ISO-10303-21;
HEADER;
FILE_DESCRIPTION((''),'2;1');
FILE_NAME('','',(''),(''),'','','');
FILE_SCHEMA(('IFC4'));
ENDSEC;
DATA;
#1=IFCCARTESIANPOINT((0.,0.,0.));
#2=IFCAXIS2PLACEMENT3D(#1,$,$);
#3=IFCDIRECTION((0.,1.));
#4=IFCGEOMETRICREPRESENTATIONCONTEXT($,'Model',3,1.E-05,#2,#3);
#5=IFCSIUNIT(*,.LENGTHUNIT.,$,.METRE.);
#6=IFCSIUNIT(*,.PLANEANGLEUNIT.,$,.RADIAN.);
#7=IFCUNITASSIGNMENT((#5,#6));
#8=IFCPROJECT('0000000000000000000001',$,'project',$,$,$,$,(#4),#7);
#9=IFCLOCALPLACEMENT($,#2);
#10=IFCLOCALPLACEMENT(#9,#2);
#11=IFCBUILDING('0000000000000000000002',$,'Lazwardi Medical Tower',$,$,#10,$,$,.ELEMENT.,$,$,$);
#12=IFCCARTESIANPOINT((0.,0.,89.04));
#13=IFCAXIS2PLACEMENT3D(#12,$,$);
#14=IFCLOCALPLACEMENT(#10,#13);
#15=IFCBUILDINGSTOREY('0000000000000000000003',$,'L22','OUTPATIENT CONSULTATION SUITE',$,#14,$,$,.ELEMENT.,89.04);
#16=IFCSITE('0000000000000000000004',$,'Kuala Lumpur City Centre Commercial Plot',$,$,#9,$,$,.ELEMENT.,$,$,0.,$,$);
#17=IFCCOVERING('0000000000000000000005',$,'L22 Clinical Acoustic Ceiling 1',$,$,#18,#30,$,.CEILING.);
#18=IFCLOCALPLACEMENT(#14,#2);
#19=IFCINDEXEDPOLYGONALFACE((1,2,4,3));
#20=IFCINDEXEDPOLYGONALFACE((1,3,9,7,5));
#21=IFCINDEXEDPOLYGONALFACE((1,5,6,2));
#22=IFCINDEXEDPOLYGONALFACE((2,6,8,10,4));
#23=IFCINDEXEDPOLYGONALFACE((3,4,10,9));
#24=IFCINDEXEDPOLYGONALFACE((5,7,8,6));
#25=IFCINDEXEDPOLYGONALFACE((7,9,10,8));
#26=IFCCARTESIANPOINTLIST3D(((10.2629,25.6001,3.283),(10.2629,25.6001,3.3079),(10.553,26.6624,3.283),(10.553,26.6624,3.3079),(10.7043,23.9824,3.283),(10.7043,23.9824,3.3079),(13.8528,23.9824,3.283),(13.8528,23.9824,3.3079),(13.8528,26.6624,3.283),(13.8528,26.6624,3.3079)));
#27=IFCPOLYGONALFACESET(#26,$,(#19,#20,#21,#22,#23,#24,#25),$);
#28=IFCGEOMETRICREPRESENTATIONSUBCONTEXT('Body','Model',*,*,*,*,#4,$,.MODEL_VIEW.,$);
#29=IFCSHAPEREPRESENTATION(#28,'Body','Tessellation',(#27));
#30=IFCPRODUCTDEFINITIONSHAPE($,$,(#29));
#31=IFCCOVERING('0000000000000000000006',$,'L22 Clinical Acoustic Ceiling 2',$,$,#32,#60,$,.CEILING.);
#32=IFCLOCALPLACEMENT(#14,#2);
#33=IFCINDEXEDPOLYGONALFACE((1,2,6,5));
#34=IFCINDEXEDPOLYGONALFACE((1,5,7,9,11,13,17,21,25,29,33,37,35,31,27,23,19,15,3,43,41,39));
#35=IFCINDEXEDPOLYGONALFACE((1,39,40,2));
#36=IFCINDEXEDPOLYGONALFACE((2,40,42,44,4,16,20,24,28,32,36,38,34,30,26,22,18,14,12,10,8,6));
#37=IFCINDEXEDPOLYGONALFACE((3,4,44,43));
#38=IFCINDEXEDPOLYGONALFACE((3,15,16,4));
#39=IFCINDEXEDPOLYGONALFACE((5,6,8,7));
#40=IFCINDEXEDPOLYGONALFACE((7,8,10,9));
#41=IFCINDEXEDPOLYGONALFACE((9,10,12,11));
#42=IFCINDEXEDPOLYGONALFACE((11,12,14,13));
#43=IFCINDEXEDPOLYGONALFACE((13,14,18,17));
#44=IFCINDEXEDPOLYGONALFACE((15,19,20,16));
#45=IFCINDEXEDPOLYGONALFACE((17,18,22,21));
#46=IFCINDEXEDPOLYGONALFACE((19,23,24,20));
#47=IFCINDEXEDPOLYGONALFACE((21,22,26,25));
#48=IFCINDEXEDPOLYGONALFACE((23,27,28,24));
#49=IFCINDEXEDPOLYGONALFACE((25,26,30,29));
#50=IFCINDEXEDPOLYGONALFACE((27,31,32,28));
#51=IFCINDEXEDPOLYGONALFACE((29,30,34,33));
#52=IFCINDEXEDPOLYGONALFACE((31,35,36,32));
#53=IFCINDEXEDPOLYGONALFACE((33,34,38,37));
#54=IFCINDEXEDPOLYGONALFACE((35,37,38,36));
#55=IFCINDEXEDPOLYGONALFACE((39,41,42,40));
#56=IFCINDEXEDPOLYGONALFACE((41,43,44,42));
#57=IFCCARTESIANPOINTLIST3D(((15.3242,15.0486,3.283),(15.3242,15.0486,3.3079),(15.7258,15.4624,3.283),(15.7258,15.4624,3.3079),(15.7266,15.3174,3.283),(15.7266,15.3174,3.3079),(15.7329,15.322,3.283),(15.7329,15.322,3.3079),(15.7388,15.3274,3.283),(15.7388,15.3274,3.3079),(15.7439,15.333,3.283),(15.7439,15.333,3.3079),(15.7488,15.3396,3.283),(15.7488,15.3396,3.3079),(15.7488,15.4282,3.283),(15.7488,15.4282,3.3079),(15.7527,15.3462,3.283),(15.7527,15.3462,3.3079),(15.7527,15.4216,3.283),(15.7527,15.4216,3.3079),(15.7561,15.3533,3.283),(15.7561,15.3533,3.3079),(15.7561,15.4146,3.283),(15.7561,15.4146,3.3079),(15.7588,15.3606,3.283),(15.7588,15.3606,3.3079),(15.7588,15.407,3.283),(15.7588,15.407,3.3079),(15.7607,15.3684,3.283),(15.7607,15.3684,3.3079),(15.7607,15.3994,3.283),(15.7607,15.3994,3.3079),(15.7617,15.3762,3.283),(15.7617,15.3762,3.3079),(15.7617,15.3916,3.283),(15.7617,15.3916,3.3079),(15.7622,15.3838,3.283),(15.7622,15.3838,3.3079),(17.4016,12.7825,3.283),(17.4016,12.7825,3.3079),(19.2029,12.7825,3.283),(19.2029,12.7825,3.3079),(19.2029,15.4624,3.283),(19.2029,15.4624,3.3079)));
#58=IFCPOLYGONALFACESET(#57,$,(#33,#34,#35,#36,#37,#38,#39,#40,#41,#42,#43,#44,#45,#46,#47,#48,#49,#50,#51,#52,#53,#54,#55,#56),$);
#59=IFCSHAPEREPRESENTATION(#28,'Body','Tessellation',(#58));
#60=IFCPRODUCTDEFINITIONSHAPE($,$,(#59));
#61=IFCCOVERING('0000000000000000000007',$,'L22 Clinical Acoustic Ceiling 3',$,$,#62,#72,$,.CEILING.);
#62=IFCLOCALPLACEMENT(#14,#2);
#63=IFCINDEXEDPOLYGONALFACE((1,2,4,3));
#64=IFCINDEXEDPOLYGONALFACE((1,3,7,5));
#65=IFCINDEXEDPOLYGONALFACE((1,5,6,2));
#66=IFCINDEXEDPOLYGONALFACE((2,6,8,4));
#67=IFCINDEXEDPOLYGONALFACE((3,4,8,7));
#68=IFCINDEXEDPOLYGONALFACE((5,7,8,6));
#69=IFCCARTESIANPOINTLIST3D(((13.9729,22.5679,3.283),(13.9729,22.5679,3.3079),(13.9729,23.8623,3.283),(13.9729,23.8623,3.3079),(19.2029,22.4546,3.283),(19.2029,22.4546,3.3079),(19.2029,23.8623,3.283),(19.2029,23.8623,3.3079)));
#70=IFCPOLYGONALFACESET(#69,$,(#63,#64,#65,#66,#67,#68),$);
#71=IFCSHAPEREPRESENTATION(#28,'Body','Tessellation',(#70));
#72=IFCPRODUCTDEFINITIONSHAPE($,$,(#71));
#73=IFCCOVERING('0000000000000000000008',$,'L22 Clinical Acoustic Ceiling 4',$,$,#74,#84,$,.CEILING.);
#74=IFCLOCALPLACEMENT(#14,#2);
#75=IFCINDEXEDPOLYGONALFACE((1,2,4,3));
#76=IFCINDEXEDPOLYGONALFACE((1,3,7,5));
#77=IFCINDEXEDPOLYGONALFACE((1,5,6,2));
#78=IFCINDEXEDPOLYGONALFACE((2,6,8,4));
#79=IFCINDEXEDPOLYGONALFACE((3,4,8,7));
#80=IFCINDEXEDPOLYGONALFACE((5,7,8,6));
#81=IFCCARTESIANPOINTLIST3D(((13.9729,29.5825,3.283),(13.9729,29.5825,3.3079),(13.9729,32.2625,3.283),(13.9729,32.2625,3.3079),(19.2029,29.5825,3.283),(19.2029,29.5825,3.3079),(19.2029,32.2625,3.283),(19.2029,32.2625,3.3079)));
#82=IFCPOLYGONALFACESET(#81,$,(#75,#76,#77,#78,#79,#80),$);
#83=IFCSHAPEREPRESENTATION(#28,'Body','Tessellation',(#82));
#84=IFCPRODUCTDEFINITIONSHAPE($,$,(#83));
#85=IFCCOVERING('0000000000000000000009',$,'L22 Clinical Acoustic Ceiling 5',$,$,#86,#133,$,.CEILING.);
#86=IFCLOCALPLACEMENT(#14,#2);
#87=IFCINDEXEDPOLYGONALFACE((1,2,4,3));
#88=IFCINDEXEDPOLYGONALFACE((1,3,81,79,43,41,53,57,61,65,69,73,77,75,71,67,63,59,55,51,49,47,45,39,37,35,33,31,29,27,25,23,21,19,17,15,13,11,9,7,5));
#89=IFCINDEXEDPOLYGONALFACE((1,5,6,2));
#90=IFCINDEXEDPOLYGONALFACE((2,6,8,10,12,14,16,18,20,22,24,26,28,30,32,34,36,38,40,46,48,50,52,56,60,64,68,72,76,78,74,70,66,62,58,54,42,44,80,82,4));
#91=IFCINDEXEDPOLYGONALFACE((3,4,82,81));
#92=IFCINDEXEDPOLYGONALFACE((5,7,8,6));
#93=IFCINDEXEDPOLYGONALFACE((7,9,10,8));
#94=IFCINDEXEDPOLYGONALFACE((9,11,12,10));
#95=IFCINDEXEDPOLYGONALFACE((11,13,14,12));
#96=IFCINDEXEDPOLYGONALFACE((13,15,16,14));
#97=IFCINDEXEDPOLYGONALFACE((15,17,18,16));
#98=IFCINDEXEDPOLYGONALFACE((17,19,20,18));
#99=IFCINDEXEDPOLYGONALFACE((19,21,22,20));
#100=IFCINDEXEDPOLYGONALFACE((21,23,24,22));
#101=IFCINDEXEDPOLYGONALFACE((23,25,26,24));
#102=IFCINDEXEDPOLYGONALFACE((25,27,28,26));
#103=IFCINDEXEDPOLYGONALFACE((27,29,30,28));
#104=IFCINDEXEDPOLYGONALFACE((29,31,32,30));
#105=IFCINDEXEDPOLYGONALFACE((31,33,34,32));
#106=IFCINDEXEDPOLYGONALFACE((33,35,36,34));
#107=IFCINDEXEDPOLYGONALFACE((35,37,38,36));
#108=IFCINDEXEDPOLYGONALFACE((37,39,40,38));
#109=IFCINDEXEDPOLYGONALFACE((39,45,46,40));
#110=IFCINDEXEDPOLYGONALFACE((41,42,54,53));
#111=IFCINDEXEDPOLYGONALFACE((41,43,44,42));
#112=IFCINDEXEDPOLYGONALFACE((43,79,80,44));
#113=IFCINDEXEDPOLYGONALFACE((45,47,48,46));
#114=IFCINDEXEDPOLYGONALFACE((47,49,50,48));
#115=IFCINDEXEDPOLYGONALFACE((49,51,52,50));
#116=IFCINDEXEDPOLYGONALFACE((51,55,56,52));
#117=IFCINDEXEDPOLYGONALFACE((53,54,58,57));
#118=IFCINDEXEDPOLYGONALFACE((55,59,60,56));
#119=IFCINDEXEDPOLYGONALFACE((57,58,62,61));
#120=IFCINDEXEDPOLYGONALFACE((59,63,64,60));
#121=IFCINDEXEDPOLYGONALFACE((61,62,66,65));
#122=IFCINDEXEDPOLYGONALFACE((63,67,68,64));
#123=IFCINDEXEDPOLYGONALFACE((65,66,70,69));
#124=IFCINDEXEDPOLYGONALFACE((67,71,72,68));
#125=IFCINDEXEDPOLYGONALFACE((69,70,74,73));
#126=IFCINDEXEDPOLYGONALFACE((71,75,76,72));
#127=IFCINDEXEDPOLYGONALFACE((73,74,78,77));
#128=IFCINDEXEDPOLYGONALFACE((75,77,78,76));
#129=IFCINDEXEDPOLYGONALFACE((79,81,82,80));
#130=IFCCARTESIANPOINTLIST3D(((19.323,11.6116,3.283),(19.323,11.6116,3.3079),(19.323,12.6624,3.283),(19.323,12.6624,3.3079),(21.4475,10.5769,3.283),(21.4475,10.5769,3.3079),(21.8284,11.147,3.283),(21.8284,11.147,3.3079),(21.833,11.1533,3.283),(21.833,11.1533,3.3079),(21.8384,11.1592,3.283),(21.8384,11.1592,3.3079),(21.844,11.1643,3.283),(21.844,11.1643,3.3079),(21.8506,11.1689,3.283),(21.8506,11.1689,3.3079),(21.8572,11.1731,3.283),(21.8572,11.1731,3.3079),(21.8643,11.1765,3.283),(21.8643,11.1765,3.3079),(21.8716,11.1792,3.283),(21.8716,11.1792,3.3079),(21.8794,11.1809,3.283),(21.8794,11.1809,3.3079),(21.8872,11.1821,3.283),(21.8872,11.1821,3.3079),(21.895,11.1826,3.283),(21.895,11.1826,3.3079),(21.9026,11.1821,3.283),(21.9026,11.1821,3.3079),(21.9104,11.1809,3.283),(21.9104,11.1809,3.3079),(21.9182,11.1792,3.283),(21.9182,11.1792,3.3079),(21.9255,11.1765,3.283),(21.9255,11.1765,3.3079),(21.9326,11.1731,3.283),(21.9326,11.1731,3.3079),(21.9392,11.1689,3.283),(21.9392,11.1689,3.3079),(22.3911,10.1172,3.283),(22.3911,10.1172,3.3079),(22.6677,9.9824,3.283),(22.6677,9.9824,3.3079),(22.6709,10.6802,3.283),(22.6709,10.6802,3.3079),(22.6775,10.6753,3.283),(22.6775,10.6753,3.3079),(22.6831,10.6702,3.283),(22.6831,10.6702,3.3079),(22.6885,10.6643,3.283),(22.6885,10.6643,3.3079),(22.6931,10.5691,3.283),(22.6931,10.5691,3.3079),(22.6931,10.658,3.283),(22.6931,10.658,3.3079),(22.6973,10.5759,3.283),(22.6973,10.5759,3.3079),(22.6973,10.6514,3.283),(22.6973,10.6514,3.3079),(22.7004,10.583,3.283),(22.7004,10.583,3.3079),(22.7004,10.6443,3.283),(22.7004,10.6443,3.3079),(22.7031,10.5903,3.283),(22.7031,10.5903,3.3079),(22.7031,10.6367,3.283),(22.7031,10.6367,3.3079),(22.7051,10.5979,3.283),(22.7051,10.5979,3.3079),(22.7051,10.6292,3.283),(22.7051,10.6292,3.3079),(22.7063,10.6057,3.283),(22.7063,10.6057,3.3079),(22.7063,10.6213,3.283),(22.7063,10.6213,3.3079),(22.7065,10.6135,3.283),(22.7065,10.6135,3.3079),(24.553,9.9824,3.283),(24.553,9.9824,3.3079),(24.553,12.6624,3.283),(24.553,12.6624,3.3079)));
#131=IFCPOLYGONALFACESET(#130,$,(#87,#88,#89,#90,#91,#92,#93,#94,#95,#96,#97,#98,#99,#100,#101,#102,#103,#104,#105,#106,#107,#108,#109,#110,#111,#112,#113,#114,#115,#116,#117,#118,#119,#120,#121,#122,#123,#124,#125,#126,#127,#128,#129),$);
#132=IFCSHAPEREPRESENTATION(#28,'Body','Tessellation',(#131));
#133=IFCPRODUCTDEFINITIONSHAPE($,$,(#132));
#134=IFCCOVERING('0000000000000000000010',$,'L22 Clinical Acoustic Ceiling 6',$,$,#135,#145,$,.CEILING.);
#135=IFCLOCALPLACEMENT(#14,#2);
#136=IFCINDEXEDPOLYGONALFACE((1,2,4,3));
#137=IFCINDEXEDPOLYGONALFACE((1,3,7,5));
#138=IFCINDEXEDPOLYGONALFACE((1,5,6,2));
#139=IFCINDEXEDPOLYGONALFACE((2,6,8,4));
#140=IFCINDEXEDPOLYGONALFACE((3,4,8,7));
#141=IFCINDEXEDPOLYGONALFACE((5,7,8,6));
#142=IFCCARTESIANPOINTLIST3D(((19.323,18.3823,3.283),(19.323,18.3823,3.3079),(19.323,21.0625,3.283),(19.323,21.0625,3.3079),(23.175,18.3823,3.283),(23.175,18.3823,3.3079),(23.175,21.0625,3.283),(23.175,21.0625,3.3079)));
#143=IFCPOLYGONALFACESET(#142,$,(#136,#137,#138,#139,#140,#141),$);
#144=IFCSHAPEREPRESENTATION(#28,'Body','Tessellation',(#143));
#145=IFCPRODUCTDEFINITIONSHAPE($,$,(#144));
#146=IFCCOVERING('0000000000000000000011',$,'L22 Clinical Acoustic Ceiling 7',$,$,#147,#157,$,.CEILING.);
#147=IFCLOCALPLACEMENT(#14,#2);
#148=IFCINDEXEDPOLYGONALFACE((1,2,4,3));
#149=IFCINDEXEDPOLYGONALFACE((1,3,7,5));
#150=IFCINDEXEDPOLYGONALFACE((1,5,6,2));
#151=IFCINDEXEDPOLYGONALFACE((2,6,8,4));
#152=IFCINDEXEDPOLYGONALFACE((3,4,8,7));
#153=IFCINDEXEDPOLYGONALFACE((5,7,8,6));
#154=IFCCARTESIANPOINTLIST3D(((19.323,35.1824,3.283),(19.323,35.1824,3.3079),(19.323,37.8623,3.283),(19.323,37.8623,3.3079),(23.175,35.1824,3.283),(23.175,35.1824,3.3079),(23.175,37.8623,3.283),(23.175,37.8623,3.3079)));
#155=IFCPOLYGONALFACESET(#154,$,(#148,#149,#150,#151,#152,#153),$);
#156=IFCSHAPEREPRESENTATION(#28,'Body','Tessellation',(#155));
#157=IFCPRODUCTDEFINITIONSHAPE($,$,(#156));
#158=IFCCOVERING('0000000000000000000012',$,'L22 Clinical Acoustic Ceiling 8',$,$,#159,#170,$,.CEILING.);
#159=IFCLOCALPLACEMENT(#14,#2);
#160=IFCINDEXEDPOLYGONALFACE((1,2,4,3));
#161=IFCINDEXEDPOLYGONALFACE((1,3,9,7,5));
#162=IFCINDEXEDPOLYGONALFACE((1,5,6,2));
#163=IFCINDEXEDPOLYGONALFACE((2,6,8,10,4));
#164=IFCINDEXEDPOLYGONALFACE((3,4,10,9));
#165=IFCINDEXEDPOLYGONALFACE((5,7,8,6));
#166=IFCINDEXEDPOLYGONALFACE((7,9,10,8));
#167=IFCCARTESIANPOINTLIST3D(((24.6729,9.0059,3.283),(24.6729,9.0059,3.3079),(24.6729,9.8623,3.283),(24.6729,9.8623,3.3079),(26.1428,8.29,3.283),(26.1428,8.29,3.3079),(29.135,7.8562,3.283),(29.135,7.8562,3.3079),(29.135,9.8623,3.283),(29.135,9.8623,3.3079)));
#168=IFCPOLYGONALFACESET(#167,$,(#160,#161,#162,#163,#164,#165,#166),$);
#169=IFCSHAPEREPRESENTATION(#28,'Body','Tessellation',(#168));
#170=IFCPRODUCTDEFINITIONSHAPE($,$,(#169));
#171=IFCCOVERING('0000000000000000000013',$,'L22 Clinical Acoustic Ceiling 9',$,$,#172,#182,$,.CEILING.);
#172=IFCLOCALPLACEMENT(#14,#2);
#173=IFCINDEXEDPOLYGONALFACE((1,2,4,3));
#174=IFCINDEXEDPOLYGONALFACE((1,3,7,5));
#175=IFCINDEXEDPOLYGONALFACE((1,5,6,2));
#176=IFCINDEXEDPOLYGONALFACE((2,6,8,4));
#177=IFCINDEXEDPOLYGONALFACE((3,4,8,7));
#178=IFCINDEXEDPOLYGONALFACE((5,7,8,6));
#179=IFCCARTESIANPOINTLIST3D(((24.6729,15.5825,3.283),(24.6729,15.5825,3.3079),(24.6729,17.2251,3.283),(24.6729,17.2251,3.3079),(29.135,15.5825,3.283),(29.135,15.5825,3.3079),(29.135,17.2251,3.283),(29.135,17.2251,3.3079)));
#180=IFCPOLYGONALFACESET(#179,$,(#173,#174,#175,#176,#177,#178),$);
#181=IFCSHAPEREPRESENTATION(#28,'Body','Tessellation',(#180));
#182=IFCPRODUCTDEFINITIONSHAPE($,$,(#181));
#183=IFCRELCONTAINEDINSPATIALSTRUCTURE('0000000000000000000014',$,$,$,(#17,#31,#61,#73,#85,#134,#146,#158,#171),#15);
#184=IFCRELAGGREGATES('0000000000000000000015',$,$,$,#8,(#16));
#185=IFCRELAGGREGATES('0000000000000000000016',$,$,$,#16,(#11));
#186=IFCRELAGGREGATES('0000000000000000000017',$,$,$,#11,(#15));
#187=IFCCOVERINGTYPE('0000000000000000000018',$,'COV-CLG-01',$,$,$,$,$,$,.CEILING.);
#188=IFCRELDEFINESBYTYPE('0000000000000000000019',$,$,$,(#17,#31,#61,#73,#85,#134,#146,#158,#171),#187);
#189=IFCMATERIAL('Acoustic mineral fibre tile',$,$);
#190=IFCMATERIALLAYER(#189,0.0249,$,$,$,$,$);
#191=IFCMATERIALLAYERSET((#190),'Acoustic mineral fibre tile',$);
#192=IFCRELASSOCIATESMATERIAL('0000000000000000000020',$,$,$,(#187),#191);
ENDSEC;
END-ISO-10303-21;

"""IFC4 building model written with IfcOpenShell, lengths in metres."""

from ifc_helpers import new_model, si_unit, direction, frame, origin, place, context, subcontext, project, spatial, polyline, outline, extrude, material, layer, layer_set, type_object, element, save


model = new_model("IFC4")

# Units and contexts
model_context = context("Model", 3, precision=1e-05, world=origin(), true_north=direction((0.0, 1.0)))
body_context = subcontext(model_context, "Body", "Model", "MODEL_VIEW")
ifc_project = project(units=[si_unit("LENGTHUNIT", "METRE"), si_unit("PLANEANGLEUNIT", "RADIAN")], contexts=[model_context])

# Site, building, storey
site_placement = place(None, origin())
site = spatial("IfcSite", under=ifc_project, at=site_placement, Name="Kuala Lumpur City Centre Commercial Plot", CompositionType="ELEMENT", RefElevation=0.0)
building_placement = place(site_placement, origin())
building = spatial("IfcBuilding", under=site, at=building_placement, Name="Lazwardi Medical Tower", CompositionType="ELEMENT")
storey_placement = place(building_placement, frame((0.0, 0.0, 89.04)))
storey = spatial("IfcBuildingStorey", under=building, at=storey_placement, Name="L22", Description="OUTPATIENT CONSULTATION SUITE", CompositionType="ELEMENT", Elevation=89.04)

# Coverings
ifc_material_1 = material(Name="Acoustic mineral fibre tile")
ifc_layer_1 = layer(ifc_material_1, 0.0249)
ifc_layer_set_1 = layer_set([ifc_layer_1], Name="Acoustic mineral fibre tile")
covering_type_1 = type_object("IfcCoveringType", Name="COV-CLG-01", PredefinedType="CEILING", material=ifc_layer_set_1)
covering_1_placement = place(storey_placement, frame((0.0, 0.0, 3.283)))
element("IfcCovering", 1, at=covering_1_placement, inside=storey, type_object=covering_type_1, Name="L22 Clinical Acoustic Ceiling 1", PredefinedType="CEILING", context=body_context, shape_type="SweptSolid", body=[
    extrude(outline(polyline([(10.553, 26.6624), (10.2629, 25.6001), (10.7043, 23.9824), (13.8528, 23.9824), (13.8528, 26.6624), (10.553, 26.6624)])), origin(), (0.0, 0.0, 1.0), 0.0249),
])
covering_2_placement = place(storey_placement, frame((0.0, 0.0, 3.283)))
element("IfcCovering", 2, at=covering_2_placement, inside=storey, type_object=covering_type_1, Name="L22 Clinical Acoustic Ceiling 2", PredefinedType="CEILING", context=body_context, shape_type="SweptSolid", body=[
    extrude(outline(polyline([(15.7258, 15.4624), (15.7488, 15.4282), (15.7527, 15.4216), (15.7561, 15.4146), (15.7588, 15.407), (15.7607, 15.3994), (15.7617, 15.3916), (15.7622, 15.3838), (15.7617, 15.3762), (15.7607, 15.3684), (15.7588, 15.3606), (15.7561, 15.3533), (15.7527, 15.3462), (15.7488, 15.3396), (15.7439, 15.333), (15.7388, 15.3274), (15.7329, 15.322), (15.7266, 15.3174), (15.3242, 15.0486), (17.4016, 12.7825), (19.2029, 12.7825), (19.2029, 15.4624), (15.7258, 15.4624)])), origin(), (0.0, 0.0, 1.0), 0.0249),
])
covering_3_placement = place(storey_placement, frame((0.0, 0.0, 3.283)))
element("IfcCovering", 3, at=covering_3_placement, inside=storey, type_object=covering_type_1, Name="L22 Clinical Acoustic Ceiling 3", PredefinedType="CEILING", context=body_context, shape_type="SweptSolid", body=[
    extrude(outline(polyline([(13.9729, 22.5679), (19.2029, 22.4546), (19.2029, 23.8623), (13.9729, 23.8623), (13.9729, 22.5679)])), origin(), (0.0, 0.0, 1.0), 0.0249),
])
covering_4_placement = place(storey_placement, frame((0.0, 0.0, 3.283)))
element("IfcCovering", 4, at=covering_4_placement, inside=storey, type_object=covering_type_1, Name="L22 Clinical Acoustic Ceiling 4", PredefinedType="CEILING", context=body_context, shape_type="SweptSolid", body=[
    extrude(outline(polyline([(19.2029, 29.5825), (19.2029, 32.2625), (13.9729, 32.2625), (13.9729, 29.5825), (19.2029, 29.5825)])), origin(), (0.0, 0.0, 1.0), 0.0249),
])
covering_5_placement = place(storey_placement, frame((0.0, 0.0, 3.283)))
element("IfcCovering", 5, at=covering_5_placement, inside=storey, type_object=covering_type_1, Name="L22 Clinical Acoustic Ceiling 5", PredefinedType="CEILING", context=body_context, shape_type="SweptSolid", body=[
    extrude(outline(polyline([(19.323, 11.6116), (21.4475, 10.5769), (21.8284, 11.147), (21.833, 11.1533), (21.8384, 11.1592), (21.844, 11.1643), (21.8506, 11.1689), (21.8572, 11.1731), (21.8643, 11.1765), (21.8716, 11.1792), (21.8794, 11.1809), (21.8872, 11.1821), (21.895, 11.1826), (21.9026, 11.1821), (21.9104, 11.1809), (21.9182, 11.1792), (21.9255, 11.1765), (21.9326, 11.1731), (21.9392, 11.1689), (22.6709, 10.6802), (22.6775, 10.6753), (22.6831, 10.6702), (22.6885, 10.6643), (22.6931, 10.658), (22.6973, 10.6514), (22.7004, 10.6443), (22.7031, 10.6367), (22.7051, 10.6292), (22.7063, 10.6213), (22.7065, 10.6135), (22.7063, 10.6057), (22.7051, 10.5979), (22.7031, 10.5903), (22.7004, 10.583), (22.6973, 10.5759), (22.6931, 10.5691), (22.3911, 10.1172), (22.6677, 9.9824), (24.553, 9.9824), (24.553, 12.6624), (19.323, 12.6624), (19.323, 11.6116)])), origin(), (0.0, 0.0, 1.0), 0.0249),
])
covering_6_placement = place(storey_placement, frame((0.0, 0.0, 3.283)))
element("IfcCovering", 6, at=covering_6_placement, inside=storey, type_object=covering_type_1, Name="L22 Clinical Acoustic Ceiling 6", PredefinedType="CEILING", context=body_context, shape_type="SweptSolid", body=[
    extrude(outline(polyline([(23.175, 18.3823), (23.175, 21.0625), (19.323, 21.0625), (19.323, 18.3823), (23.175, 18.3823)])), origin(), (0.0, 0.0, 1.0), 0.0249),
])
covering_7_placement = place(storey_placement, frame((0.0, 0.0, 3.283)))
element("IfcCovering", 7, at=covering_7_placement, inside=storey, type_object=covering_type_1, Name="L22 Clinical Acoustic Ceiling 7", PredefinedType="CEILING", context=body_context, shape_type="SweptSolid", body=[
    extrude(outline(polyline([(23.175, 35.1824), (23.175, 37.8623), (19.323, 37.8623), (19.323, 35.1824), (23.175, 35.1824)])), origin(), (0.0, 0.0, 1.0), 0.0249),
])
covering_8_placement = place(storey_placement, frame((0.0, 0.0, 3.283)))
element("IfcCovering", 8, at=covering_8_placement, inside=storey, type_object=covering_type_1, Name="L22 Clinical Acoustic Ceiling 8", PredefinedType="CEILING", context=body_context, shape_type="SweptSolid", body=[
    extrude(outline(polyline([(24.6729, 9.0059), (26.1428, 8.29), (29.135, 7.8562), (29.135, 9.8623), (24.6729, 9.8623), (24.6729, 9.0059)])), origin(), (0.0, 0.0, 1.0), 0.0249),
])
covering_9_placement = place(storey_placement, frame((0.0, 0.0, 3.283)))
element("IfcCovering", 9, at=covering_9_placement, inside=storey, type_object=covering_type_1, Name="L22 Clinical Acoustic Ceiling 9", PredefinedType="CEILING", context=body_context, shape_type="SweptSolid", body=[
    extrude(outline(polyline([(29.135, 15.5825), (29.135, 17.2251), (24.6729, 17.2251), (24.6729, 15.5825), (29.135, 15.5825)])), origin(), (0.0, 0.0, 1.0), 0.0249),
])

save(model, "model.ifc")
